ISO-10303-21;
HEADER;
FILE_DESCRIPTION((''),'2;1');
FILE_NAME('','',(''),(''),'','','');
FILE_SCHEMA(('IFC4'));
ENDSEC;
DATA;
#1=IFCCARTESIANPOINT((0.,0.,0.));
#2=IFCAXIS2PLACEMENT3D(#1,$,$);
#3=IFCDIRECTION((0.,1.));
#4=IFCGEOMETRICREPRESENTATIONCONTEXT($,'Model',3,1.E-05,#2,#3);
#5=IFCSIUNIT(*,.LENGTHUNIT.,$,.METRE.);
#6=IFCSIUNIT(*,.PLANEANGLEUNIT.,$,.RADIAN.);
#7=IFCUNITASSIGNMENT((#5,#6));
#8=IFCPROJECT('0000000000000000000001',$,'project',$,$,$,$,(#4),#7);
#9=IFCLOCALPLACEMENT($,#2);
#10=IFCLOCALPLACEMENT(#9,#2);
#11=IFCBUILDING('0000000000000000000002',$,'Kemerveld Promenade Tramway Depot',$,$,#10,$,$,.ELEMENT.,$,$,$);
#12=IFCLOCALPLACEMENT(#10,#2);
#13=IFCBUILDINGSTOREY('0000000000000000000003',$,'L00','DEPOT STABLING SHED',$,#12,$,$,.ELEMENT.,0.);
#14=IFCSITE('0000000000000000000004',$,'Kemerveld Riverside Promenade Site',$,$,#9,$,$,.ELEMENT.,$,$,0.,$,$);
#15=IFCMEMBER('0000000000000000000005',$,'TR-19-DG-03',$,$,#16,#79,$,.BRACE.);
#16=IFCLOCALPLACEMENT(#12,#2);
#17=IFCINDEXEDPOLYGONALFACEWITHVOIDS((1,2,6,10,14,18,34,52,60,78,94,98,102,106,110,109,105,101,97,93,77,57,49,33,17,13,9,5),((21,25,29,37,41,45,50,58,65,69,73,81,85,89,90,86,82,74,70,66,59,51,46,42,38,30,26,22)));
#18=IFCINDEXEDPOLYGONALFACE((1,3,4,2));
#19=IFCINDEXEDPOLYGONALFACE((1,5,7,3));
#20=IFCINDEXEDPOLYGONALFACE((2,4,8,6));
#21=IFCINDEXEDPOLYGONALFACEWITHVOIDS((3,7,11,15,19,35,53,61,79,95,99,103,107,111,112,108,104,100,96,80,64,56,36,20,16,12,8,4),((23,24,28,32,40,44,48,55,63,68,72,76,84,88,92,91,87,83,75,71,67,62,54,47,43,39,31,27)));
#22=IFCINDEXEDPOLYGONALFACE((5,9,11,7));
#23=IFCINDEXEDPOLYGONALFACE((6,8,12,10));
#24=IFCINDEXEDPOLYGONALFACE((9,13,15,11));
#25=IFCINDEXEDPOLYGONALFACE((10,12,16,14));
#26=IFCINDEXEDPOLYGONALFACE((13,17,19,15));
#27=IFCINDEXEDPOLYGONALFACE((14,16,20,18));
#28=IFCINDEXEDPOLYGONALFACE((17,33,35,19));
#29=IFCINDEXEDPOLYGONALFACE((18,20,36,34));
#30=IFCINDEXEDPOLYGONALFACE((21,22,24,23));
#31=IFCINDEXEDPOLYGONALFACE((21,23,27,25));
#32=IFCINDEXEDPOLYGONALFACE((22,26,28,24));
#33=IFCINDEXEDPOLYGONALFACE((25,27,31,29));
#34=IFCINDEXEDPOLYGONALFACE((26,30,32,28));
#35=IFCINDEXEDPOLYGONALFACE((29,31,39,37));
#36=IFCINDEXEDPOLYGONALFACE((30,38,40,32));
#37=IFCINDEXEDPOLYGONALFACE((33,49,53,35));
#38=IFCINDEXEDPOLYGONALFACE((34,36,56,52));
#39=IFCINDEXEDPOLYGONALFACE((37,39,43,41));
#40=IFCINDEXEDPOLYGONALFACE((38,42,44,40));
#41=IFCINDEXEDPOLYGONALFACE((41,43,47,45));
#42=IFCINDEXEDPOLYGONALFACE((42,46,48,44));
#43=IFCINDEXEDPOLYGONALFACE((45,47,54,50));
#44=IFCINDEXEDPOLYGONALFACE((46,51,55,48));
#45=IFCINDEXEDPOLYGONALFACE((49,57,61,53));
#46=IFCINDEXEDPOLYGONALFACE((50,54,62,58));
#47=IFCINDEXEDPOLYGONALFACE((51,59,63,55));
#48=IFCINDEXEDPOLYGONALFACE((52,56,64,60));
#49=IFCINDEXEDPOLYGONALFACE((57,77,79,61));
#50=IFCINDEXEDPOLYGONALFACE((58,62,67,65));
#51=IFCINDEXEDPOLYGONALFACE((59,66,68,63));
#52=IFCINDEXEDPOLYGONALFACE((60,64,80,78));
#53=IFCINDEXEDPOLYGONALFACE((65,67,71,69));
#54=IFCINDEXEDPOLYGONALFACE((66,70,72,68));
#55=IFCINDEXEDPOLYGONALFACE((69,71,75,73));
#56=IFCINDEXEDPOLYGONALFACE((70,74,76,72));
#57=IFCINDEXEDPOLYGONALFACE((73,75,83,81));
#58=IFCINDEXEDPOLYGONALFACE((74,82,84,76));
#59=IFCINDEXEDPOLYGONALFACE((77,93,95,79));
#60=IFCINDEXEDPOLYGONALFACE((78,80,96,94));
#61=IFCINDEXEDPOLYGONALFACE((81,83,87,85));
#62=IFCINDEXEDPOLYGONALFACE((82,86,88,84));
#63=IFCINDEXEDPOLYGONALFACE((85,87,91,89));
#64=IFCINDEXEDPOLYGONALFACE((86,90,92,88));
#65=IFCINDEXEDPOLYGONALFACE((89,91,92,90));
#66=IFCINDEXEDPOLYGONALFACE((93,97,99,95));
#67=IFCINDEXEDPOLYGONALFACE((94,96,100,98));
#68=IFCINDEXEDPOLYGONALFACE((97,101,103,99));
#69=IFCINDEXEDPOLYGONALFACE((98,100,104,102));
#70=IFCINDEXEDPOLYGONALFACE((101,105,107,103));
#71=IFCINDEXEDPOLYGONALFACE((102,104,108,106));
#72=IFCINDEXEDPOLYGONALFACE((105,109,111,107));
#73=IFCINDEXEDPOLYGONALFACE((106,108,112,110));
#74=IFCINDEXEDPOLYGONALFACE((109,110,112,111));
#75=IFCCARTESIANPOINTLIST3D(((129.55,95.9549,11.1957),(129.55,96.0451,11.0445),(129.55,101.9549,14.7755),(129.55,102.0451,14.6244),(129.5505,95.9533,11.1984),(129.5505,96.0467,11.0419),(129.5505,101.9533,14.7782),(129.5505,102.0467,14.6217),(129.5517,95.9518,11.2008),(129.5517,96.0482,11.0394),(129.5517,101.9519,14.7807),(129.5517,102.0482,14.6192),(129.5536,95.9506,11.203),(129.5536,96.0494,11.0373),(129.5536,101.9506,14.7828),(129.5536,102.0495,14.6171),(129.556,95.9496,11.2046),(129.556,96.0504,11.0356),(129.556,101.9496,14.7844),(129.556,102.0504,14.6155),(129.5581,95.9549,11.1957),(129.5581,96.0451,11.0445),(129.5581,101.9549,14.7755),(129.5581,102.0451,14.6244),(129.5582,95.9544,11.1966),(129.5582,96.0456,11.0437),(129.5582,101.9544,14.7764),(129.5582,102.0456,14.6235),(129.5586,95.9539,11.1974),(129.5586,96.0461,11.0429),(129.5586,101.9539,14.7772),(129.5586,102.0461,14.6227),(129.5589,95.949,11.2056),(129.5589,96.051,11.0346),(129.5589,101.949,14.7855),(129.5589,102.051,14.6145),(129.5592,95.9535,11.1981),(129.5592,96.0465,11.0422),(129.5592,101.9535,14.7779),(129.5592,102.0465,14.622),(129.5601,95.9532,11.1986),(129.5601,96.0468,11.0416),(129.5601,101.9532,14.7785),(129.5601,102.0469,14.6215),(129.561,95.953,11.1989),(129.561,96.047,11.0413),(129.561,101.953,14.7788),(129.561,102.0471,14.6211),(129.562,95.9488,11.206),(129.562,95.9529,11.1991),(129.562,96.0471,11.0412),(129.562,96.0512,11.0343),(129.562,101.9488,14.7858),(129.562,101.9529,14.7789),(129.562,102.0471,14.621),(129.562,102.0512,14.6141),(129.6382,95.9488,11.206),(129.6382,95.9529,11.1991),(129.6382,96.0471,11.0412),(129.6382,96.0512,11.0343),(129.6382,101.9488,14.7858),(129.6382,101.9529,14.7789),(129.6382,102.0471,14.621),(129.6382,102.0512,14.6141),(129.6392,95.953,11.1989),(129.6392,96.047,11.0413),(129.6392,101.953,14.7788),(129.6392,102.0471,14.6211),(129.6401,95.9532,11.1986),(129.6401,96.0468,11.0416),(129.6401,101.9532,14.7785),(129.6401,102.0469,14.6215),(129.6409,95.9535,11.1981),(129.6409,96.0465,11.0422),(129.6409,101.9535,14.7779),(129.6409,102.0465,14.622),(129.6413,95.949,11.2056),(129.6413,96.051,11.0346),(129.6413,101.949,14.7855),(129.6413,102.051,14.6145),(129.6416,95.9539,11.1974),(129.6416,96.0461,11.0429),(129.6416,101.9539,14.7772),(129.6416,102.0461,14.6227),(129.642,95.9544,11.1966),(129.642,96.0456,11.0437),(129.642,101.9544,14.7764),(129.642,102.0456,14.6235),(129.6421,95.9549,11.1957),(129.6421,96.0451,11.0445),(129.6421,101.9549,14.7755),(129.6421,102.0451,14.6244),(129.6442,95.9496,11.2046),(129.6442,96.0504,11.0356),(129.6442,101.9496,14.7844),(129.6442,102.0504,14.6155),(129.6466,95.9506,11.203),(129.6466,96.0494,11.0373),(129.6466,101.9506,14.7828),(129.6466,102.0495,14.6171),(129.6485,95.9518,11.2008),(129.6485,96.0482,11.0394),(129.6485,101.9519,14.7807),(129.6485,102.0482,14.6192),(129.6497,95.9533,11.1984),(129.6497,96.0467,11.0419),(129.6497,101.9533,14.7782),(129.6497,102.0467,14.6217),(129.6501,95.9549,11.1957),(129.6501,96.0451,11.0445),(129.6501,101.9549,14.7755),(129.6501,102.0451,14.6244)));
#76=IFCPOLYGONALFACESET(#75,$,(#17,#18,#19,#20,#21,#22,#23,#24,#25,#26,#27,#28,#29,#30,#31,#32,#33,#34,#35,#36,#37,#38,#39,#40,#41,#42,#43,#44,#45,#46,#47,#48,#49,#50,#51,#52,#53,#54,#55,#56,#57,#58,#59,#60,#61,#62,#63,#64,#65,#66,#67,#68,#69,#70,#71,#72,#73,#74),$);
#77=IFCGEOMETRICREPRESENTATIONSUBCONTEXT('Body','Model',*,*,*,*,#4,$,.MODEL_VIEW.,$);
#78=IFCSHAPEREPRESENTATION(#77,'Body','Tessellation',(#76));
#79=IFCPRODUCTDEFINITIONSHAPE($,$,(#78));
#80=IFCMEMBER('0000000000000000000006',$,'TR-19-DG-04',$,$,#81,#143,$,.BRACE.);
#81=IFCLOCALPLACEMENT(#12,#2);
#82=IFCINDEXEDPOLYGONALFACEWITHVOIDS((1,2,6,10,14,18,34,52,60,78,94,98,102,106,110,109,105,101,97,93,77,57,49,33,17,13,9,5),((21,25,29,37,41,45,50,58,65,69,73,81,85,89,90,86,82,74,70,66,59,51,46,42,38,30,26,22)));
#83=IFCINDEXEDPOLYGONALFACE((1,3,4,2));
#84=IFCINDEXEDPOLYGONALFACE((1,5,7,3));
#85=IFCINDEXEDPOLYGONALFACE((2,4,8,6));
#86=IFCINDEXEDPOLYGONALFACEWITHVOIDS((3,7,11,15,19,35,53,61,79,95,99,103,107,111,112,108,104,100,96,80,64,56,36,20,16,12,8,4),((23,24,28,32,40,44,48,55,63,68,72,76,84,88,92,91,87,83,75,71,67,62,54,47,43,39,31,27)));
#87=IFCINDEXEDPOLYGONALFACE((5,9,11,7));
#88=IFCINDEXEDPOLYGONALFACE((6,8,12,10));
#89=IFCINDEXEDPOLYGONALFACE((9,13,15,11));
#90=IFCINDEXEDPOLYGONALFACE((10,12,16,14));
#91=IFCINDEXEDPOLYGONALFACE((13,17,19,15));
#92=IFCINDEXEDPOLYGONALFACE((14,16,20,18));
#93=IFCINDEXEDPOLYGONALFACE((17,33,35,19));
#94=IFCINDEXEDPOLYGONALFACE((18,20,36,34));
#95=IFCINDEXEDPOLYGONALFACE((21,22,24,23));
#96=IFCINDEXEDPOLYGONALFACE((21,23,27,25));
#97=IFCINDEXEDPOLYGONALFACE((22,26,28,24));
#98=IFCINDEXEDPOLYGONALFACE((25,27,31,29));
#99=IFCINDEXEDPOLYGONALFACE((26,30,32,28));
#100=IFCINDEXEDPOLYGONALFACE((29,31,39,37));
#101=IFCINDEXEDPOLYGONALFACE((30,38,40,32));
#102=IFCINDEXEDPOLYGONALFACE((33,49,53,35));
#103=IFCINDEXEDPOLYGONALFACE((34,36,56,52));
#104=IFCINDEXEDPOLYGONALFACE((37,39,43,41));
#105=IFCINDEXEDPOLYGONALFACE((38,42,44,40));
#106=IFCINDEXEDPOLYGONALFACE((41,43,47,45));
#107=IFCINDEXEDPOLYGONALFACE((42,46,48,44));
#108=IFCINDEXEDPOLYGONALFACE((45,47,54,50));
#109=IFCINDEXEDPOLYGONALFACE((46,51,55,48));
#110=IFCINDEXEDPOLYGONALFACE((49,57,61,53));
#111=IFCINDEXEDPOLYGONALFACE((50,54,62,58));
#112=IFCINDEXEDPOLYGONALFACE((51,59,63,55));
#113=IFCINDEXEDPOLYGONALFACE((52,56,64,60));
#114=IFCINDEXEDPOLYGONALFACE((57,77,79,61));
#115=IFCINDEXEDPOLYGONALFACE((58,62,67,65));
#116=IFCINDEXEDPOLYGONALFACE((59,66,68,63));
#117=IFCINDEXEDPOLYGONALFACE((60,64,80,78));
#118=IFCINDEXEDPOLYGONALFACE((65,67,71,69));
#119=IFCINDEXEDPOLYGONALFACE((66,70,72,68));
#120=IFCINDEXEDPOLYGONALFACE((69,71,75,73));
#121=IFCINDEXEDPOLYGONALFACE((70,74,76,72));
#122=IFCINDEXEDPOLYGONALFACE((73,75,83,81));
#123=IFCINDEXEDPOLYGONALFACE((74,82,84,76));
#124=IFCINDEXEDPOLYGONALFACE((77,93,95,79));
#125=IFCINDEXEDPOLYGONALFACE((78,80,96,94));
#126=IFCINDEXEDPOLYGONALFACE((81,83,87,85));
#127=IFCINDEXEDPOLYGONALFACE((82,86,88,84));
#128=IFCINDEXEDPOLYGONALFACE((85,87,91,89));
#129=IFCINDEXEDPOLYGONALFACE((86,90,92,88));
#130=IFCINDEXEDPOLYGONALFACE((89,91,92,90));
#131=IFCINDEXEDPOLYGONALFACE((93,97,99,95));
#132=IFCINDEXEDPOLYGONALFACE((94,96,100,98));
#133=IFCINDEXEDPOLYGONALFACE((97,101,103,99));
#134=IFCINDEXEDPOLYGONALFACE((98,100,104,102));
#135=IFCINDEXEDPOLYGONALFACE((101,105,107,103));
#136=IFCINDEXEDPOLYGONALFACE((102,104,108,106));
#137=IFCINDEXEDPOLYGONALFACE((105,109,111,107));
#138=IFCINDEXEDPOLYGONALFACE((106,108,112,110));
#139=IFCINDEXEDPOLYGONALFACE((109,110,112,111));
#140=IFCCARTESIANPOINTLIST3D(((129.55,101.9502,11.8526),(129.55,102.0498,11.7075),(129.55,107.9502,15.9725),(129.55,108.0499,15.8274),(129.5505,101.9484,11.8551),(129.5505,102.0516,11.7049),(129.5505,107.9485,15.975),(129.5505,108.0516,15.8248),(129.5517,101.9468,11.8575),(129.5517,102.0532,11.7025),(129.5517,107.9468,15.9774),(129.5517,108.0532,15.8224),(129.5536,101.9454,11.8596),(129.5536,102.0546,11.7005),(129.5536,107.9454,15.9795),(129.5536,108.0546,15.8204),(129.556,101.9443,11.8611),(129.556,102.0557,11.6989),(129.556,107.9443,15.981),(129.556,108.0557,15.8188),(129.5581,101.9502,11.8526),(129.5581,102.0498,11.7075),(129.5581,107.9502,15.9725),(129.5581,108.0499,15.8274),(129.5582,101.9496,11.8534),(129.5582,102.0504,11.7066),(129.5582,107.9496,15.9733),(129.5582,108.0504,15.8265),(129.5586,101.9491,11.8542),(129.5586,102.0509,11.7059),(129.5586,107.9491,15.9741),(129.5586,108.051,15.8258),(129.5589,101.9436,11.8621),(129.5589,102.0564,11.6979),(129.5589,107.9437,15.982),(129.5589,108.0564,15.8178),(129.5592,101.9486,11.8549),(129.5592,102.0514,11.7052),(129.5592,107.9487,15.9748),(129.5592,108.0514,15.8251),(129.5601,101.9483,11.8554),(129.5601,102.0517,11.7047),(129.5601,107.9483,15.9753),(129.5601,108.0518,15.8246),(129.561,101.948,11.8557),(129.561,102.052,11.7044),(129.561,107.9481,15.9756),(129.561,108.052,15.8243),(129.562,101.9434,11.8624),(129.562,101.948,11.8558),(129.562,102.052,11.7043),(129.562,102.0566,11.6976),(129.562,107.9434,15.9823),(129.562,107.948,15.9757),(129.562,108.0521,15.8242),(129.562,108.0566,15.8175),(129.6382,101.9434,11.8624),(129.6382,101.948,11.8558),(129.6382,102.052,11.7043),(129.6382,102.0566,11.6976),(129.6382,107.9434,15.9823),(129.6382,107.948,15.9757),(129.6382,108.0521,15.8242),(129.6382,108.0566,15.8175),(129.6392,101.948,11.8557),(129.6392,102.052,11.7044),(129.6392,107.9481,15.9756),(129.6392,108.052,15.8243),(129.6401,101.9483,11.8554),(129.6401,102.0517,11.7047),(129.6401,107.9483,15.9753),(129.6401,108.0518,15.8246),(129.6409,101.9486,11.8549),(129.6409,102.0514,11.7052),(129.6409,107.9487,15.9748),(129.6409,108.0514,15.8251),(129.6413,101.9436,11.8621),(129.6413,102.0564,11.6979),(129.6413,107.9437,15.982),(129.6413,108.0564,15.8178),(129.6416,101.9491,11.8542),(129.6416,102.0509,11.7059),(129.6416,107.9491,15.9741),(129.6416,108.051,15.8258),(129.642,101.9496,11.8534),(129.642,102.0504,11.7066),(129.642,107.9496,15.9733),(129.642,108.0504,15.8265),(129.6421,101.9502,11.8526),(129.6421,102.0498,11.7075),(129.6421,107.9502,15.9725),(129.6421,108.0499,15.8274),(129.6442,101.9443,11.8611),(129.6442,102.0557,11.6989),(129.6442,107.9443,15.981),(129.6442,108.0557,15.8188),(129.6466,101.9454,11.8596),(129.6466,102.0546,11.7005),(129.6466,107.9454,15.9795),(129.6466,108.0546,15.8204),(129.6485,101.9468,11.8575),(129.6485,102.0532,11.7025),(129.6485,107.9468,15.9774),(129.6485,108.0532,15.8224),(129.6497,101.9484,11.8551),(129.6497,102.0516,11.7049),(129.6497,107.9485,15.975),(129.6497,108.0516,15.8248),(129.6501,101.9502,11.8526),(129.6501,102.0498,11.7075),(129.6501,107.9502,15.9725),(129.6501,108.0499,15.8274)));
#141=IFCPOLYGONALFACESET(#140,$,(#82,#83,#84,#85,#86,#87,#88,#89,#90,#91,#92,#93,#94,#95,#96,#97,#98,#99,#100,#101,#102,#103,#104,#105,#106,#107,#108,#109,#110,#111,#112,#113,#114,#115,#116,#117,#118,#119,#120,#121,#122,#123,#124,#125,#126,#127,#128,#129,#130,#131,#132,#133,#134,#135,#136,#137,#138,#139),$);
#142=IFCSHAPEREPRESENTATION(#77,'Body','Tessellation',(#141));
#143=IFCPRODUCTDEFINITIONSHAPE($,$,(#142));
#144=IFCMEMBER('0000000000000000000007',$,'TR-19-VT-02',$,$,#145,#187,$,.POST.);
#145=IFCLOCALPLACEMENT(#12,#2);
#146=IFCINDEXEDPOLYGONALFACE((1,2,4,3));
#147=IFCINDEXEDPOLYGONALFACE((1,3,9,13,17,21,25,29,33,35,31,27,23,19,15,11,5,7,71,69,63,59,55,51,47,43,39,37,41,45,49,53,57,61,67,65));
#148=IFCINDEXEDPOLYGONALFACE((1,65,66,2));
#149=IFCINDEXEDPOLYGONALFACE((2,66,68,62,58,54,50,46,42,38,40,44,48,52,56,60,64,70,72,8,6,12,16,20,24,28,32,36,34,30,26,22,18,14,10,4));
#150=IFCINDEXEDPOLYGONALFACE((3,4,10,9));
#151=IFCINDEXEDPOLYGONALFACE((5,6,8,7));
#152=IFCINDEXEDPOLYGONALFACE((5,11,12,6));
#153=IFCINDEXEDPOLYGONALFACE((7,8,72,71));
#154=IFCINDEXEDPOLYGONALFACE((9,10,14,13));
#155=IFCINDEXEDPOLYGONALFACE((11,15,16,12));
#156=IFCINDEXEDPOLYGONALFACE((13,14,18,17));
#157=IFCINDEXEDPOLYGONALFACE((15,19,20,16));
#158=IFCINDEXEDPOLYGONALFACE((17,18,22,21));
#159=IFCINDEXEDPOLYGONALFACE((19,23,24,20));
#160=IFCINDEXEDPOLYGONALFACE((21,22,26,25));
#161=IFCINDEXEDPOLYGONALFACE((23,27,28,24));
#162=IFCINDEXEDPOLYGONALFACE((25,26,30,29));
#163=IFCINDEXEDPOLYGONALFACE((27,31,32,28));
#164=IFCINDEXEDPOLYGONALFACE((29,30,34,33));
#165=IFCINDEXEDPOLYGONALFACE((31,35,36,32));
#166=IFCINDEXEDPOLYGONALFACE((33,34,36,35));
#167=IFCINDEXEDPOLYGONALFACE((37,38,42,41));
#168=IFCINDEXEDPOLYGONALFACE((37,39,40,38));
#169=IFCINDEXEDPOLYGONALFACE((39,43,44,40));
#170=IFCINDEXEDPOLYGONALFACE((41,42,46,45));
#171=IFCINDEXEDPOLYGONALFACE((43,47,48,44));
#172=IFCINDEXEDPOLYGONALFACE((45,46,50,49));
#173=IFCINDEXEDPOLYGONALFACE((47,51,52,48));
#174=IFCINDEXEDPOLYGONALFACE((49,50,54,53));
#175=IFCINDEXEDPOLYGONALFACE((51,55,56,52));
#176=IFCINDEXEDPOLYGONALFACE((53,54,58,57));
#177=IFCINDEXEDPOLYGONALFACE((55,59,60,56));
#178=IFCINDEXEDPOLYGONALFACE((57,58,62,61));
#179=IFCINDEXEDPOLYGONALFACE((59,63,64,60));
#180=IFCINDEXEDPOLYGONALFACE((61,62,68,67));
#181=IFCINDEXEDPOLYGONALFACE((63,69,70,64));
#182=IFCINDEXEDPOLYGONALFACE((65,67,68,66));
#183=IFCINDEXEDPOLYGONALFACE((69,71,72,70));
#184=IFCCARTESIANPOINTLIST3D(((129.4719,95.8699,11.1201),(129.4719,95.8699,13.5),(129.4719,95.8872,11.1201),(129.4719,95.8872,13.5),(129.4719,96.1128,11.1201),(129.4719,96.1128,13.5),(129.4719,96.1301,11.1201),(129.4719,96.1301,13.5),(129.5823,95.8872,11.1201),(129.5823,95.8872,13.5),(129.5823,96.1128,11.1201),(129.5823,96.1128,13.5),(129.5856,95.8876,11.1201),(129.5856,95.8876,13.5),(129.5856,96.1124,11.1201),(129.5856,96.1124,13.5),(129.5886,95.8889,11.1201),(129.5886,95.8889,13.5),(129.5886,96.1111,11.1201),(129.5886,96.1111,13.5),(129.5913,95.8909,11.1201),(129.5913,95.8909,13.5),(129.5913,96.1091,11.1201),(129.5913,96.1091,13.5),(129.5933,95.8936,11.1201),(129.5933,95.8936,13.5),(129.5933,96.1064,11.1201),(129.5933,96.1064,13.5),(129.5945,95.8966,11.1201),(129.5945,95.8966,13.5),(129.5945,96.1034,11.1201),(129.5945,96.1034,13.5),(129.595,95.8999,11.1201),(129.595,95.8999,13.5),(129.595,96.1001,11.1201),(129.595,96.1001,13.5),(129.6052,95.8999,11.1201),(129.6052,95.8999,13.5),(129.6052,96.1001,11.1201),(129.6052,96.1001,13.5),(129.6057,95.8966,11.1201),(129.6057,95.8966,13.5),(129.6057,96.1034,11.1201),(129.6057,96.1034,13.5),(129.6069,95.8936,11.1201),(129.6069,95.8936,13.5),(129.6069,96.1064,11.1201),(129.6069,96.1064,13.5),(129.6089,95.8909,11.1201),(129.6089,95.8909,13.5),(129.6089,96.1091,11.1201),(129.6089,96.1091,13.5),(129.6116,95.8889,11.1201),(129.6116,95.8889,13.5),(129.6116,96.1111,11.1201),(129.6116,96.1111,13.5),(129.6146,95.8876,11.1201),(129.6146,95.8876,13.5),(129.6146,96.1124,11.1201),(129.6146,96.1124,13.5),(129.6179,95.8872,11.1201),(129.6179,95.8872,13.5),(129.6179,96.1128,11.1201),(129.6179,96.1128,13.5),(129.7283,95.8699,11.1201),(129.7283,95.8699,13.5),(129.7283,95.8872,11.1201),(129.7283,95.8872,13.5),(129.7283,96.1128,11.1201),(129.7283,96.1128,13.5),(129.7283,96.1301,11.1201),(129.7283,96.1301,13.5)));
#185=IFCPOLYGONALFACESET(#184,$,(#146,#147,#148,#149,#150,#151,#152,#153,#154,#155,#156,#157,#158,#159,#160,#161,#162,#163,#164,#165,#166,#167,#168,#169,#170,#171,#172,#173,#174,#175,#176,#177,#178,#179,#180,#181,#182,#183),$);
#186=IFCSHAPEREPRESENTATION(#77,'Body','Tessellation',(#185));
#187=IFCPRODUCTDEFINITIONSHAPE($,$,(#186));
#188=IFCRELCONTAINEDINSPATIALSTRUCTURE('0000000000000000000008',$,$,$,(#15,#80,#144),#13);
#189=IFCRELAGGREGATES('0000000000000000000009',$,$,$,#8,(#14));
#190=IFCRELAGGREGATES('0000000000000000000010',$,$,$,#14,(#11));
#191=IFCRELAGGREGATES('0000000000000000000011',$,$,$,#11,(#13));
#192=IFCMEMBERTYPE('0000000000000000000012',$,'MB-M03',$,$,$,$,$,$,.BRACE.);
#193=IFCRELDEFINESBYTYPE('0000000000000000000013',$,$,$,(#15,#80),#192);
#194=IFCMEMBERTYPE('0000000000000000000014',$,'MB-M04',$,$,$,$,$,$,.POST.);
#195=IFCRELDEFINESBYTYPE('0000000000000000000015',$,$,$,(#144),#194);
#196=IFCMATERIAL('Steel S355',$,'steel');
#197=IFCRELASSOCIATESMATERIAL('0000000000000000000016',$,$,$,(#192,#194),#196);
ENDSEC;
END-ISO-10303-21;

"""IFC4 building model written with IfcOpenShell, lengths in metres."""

from ifc_helpers import new_model, si_unit, direction, frame, origin, origin_2d, place, context, subcontext, project, spatial, hollow_rectangle, i_section, extrude, material, material_profile, profile_set, type_object, element, save


model = new_model("IFC4")

# Units and contexts
model_context = context("Model", 3, precision=1e-05, world=origin(), true_north=direction((0.0, 1.0)))
body_context = subcontext(model_context, "Body", "Model", "MODEL_VIEW")
ifc_project = project(units=[si_unit("LENGTHUNIT", "METRE"), si_unit("PLANEANGLEUNIT", "RADIAN")], contexts=[model_context])

# Site, building, storey
site_placement = place(None, origin())
site = spatial("IfcSite", under=ifc_project, at=site_placement, Name="Kemerveld Riverside Promenade Site", CompositionType="ELEMENT", RefElevation=0.0)
building_placement = place(site_placement, origin())
building = spatial("IfcBuilding", under=site, at=building_placement, Name="Kemerveld Promenade Tramway Depot", CompositionType="ELEMENT")
storey_placement = place(building_placement, origin())
storey = spatial("IfcBuildingStorey", under=building, at=storey_placement, Name="L00", Description="DEPOT STABLING SHED", CompositionType="ELEMENT", Elevation=0.0)

# Members
ifc_material_1 = material(Name="Steel S355", Category="steel")
ifc_material_profile_1 = material_profile(ifc_material_1, hollow_rectangle(XDim=0.1001, YDim=0.2, WallThickness=0.0081, InnerFilletRadius=0.0039, OuterFilletRadius=0.012, at=origin_2d()), Name="200x100x8.0 RHS")
ifc_profile_set_1 = profile_set([ifc_material_profile_1], Name="Steel S355")
member_type_1 = type_object("IfcMemberType", Name="MB-M03", PredefinedType="BRACE", material=ifc_profile_set_1)
member_1_placement = place(storey_placement, frame((129.6001, 96.0, 11.1201), z_axis=(0.0, 0.858764, 0.512372), x_axis=(-1.0, 0.0, 0.0)))
element("IfcMember", 1, at=member_1_placement, inside=storey, type_object=member_type_1, Name="TR-19-DG-03", PredefinedType="BRACE", context=body_context, shape_type="SweptSolid", body=[
    extrude(hollow_rectangle(XDim=0.1001, YDim=0.2, WallThickness=0.0081, InnerFilletRadius=0.0039, OuterFilletRadius=0.012, at=origin_2d()), origin(), (0.0, 0.0, 1.0), 6.9868),
])
member_2_placement = place(storey_placement, frame((129.6001, 102.0, 11.78), z_axis=(0.0, 0.824371, 0.56605), x_axis=(-1.0, 0.0, 0.0)))
element("IfcMember", 2, at=member_2_placement, inside=storey, type_object=member_type_1, Name="TR-19-DG-04", PredefinedType="BRACE", context=body_context, shape_type="SweptSolid", body=[
    extrude(hollow_rectangle(XDim=0.1001, YDim=0.2, WallThickness=0.0081, InnerFilletRadius=0.0039, OuterFilletRadius=0.012, at=origin_2d()), origin(), (0.0, 0.0, 1.0), 7.2783),
])
ifc_material_profile_2 = material_profile(ifc_material_1, i_section(OverallWidth=0.2563, OverallDepth=0.2603, WebThickness=0.0103, FlangeThickness=0.0173, FilletRadius=0.0127, at=origin_2d()), Name="254x254x89 UC")
ifc_profile_set_2 = profile_set([ifc_material_profile_2], Name="Steel S355")
member_type_2 = type_object("IfcMemberType", Name="MB-M04", PredefinedType="POST", material=ifc_profile_set_2)
member_3_placement = place(storey_placement, frame((129.6001, 96.0, 11.1201), z_axis=(0.0, 0.0, 1.0), x_axis=(1.0, 0.0, 0.0)))
element("IfcMember", 3, at=member_3_placement, inside=storey, type_object=member_type_2, Name="TR-19-VT-02", PredefinedType="POST", context=body_context, shape_type="SweptSolid", body=[
    extrude(i_section(OverallWidth=0.2563, OverallDepth=0.2603, WebThickness=0.0103, FlangeThickness=0.0173, FilletRadius=0.0127, at=origin_2d()), origin(), (0.0, 0.0, 1.0), 2.3799),
])

save(model, "model.ifc")
